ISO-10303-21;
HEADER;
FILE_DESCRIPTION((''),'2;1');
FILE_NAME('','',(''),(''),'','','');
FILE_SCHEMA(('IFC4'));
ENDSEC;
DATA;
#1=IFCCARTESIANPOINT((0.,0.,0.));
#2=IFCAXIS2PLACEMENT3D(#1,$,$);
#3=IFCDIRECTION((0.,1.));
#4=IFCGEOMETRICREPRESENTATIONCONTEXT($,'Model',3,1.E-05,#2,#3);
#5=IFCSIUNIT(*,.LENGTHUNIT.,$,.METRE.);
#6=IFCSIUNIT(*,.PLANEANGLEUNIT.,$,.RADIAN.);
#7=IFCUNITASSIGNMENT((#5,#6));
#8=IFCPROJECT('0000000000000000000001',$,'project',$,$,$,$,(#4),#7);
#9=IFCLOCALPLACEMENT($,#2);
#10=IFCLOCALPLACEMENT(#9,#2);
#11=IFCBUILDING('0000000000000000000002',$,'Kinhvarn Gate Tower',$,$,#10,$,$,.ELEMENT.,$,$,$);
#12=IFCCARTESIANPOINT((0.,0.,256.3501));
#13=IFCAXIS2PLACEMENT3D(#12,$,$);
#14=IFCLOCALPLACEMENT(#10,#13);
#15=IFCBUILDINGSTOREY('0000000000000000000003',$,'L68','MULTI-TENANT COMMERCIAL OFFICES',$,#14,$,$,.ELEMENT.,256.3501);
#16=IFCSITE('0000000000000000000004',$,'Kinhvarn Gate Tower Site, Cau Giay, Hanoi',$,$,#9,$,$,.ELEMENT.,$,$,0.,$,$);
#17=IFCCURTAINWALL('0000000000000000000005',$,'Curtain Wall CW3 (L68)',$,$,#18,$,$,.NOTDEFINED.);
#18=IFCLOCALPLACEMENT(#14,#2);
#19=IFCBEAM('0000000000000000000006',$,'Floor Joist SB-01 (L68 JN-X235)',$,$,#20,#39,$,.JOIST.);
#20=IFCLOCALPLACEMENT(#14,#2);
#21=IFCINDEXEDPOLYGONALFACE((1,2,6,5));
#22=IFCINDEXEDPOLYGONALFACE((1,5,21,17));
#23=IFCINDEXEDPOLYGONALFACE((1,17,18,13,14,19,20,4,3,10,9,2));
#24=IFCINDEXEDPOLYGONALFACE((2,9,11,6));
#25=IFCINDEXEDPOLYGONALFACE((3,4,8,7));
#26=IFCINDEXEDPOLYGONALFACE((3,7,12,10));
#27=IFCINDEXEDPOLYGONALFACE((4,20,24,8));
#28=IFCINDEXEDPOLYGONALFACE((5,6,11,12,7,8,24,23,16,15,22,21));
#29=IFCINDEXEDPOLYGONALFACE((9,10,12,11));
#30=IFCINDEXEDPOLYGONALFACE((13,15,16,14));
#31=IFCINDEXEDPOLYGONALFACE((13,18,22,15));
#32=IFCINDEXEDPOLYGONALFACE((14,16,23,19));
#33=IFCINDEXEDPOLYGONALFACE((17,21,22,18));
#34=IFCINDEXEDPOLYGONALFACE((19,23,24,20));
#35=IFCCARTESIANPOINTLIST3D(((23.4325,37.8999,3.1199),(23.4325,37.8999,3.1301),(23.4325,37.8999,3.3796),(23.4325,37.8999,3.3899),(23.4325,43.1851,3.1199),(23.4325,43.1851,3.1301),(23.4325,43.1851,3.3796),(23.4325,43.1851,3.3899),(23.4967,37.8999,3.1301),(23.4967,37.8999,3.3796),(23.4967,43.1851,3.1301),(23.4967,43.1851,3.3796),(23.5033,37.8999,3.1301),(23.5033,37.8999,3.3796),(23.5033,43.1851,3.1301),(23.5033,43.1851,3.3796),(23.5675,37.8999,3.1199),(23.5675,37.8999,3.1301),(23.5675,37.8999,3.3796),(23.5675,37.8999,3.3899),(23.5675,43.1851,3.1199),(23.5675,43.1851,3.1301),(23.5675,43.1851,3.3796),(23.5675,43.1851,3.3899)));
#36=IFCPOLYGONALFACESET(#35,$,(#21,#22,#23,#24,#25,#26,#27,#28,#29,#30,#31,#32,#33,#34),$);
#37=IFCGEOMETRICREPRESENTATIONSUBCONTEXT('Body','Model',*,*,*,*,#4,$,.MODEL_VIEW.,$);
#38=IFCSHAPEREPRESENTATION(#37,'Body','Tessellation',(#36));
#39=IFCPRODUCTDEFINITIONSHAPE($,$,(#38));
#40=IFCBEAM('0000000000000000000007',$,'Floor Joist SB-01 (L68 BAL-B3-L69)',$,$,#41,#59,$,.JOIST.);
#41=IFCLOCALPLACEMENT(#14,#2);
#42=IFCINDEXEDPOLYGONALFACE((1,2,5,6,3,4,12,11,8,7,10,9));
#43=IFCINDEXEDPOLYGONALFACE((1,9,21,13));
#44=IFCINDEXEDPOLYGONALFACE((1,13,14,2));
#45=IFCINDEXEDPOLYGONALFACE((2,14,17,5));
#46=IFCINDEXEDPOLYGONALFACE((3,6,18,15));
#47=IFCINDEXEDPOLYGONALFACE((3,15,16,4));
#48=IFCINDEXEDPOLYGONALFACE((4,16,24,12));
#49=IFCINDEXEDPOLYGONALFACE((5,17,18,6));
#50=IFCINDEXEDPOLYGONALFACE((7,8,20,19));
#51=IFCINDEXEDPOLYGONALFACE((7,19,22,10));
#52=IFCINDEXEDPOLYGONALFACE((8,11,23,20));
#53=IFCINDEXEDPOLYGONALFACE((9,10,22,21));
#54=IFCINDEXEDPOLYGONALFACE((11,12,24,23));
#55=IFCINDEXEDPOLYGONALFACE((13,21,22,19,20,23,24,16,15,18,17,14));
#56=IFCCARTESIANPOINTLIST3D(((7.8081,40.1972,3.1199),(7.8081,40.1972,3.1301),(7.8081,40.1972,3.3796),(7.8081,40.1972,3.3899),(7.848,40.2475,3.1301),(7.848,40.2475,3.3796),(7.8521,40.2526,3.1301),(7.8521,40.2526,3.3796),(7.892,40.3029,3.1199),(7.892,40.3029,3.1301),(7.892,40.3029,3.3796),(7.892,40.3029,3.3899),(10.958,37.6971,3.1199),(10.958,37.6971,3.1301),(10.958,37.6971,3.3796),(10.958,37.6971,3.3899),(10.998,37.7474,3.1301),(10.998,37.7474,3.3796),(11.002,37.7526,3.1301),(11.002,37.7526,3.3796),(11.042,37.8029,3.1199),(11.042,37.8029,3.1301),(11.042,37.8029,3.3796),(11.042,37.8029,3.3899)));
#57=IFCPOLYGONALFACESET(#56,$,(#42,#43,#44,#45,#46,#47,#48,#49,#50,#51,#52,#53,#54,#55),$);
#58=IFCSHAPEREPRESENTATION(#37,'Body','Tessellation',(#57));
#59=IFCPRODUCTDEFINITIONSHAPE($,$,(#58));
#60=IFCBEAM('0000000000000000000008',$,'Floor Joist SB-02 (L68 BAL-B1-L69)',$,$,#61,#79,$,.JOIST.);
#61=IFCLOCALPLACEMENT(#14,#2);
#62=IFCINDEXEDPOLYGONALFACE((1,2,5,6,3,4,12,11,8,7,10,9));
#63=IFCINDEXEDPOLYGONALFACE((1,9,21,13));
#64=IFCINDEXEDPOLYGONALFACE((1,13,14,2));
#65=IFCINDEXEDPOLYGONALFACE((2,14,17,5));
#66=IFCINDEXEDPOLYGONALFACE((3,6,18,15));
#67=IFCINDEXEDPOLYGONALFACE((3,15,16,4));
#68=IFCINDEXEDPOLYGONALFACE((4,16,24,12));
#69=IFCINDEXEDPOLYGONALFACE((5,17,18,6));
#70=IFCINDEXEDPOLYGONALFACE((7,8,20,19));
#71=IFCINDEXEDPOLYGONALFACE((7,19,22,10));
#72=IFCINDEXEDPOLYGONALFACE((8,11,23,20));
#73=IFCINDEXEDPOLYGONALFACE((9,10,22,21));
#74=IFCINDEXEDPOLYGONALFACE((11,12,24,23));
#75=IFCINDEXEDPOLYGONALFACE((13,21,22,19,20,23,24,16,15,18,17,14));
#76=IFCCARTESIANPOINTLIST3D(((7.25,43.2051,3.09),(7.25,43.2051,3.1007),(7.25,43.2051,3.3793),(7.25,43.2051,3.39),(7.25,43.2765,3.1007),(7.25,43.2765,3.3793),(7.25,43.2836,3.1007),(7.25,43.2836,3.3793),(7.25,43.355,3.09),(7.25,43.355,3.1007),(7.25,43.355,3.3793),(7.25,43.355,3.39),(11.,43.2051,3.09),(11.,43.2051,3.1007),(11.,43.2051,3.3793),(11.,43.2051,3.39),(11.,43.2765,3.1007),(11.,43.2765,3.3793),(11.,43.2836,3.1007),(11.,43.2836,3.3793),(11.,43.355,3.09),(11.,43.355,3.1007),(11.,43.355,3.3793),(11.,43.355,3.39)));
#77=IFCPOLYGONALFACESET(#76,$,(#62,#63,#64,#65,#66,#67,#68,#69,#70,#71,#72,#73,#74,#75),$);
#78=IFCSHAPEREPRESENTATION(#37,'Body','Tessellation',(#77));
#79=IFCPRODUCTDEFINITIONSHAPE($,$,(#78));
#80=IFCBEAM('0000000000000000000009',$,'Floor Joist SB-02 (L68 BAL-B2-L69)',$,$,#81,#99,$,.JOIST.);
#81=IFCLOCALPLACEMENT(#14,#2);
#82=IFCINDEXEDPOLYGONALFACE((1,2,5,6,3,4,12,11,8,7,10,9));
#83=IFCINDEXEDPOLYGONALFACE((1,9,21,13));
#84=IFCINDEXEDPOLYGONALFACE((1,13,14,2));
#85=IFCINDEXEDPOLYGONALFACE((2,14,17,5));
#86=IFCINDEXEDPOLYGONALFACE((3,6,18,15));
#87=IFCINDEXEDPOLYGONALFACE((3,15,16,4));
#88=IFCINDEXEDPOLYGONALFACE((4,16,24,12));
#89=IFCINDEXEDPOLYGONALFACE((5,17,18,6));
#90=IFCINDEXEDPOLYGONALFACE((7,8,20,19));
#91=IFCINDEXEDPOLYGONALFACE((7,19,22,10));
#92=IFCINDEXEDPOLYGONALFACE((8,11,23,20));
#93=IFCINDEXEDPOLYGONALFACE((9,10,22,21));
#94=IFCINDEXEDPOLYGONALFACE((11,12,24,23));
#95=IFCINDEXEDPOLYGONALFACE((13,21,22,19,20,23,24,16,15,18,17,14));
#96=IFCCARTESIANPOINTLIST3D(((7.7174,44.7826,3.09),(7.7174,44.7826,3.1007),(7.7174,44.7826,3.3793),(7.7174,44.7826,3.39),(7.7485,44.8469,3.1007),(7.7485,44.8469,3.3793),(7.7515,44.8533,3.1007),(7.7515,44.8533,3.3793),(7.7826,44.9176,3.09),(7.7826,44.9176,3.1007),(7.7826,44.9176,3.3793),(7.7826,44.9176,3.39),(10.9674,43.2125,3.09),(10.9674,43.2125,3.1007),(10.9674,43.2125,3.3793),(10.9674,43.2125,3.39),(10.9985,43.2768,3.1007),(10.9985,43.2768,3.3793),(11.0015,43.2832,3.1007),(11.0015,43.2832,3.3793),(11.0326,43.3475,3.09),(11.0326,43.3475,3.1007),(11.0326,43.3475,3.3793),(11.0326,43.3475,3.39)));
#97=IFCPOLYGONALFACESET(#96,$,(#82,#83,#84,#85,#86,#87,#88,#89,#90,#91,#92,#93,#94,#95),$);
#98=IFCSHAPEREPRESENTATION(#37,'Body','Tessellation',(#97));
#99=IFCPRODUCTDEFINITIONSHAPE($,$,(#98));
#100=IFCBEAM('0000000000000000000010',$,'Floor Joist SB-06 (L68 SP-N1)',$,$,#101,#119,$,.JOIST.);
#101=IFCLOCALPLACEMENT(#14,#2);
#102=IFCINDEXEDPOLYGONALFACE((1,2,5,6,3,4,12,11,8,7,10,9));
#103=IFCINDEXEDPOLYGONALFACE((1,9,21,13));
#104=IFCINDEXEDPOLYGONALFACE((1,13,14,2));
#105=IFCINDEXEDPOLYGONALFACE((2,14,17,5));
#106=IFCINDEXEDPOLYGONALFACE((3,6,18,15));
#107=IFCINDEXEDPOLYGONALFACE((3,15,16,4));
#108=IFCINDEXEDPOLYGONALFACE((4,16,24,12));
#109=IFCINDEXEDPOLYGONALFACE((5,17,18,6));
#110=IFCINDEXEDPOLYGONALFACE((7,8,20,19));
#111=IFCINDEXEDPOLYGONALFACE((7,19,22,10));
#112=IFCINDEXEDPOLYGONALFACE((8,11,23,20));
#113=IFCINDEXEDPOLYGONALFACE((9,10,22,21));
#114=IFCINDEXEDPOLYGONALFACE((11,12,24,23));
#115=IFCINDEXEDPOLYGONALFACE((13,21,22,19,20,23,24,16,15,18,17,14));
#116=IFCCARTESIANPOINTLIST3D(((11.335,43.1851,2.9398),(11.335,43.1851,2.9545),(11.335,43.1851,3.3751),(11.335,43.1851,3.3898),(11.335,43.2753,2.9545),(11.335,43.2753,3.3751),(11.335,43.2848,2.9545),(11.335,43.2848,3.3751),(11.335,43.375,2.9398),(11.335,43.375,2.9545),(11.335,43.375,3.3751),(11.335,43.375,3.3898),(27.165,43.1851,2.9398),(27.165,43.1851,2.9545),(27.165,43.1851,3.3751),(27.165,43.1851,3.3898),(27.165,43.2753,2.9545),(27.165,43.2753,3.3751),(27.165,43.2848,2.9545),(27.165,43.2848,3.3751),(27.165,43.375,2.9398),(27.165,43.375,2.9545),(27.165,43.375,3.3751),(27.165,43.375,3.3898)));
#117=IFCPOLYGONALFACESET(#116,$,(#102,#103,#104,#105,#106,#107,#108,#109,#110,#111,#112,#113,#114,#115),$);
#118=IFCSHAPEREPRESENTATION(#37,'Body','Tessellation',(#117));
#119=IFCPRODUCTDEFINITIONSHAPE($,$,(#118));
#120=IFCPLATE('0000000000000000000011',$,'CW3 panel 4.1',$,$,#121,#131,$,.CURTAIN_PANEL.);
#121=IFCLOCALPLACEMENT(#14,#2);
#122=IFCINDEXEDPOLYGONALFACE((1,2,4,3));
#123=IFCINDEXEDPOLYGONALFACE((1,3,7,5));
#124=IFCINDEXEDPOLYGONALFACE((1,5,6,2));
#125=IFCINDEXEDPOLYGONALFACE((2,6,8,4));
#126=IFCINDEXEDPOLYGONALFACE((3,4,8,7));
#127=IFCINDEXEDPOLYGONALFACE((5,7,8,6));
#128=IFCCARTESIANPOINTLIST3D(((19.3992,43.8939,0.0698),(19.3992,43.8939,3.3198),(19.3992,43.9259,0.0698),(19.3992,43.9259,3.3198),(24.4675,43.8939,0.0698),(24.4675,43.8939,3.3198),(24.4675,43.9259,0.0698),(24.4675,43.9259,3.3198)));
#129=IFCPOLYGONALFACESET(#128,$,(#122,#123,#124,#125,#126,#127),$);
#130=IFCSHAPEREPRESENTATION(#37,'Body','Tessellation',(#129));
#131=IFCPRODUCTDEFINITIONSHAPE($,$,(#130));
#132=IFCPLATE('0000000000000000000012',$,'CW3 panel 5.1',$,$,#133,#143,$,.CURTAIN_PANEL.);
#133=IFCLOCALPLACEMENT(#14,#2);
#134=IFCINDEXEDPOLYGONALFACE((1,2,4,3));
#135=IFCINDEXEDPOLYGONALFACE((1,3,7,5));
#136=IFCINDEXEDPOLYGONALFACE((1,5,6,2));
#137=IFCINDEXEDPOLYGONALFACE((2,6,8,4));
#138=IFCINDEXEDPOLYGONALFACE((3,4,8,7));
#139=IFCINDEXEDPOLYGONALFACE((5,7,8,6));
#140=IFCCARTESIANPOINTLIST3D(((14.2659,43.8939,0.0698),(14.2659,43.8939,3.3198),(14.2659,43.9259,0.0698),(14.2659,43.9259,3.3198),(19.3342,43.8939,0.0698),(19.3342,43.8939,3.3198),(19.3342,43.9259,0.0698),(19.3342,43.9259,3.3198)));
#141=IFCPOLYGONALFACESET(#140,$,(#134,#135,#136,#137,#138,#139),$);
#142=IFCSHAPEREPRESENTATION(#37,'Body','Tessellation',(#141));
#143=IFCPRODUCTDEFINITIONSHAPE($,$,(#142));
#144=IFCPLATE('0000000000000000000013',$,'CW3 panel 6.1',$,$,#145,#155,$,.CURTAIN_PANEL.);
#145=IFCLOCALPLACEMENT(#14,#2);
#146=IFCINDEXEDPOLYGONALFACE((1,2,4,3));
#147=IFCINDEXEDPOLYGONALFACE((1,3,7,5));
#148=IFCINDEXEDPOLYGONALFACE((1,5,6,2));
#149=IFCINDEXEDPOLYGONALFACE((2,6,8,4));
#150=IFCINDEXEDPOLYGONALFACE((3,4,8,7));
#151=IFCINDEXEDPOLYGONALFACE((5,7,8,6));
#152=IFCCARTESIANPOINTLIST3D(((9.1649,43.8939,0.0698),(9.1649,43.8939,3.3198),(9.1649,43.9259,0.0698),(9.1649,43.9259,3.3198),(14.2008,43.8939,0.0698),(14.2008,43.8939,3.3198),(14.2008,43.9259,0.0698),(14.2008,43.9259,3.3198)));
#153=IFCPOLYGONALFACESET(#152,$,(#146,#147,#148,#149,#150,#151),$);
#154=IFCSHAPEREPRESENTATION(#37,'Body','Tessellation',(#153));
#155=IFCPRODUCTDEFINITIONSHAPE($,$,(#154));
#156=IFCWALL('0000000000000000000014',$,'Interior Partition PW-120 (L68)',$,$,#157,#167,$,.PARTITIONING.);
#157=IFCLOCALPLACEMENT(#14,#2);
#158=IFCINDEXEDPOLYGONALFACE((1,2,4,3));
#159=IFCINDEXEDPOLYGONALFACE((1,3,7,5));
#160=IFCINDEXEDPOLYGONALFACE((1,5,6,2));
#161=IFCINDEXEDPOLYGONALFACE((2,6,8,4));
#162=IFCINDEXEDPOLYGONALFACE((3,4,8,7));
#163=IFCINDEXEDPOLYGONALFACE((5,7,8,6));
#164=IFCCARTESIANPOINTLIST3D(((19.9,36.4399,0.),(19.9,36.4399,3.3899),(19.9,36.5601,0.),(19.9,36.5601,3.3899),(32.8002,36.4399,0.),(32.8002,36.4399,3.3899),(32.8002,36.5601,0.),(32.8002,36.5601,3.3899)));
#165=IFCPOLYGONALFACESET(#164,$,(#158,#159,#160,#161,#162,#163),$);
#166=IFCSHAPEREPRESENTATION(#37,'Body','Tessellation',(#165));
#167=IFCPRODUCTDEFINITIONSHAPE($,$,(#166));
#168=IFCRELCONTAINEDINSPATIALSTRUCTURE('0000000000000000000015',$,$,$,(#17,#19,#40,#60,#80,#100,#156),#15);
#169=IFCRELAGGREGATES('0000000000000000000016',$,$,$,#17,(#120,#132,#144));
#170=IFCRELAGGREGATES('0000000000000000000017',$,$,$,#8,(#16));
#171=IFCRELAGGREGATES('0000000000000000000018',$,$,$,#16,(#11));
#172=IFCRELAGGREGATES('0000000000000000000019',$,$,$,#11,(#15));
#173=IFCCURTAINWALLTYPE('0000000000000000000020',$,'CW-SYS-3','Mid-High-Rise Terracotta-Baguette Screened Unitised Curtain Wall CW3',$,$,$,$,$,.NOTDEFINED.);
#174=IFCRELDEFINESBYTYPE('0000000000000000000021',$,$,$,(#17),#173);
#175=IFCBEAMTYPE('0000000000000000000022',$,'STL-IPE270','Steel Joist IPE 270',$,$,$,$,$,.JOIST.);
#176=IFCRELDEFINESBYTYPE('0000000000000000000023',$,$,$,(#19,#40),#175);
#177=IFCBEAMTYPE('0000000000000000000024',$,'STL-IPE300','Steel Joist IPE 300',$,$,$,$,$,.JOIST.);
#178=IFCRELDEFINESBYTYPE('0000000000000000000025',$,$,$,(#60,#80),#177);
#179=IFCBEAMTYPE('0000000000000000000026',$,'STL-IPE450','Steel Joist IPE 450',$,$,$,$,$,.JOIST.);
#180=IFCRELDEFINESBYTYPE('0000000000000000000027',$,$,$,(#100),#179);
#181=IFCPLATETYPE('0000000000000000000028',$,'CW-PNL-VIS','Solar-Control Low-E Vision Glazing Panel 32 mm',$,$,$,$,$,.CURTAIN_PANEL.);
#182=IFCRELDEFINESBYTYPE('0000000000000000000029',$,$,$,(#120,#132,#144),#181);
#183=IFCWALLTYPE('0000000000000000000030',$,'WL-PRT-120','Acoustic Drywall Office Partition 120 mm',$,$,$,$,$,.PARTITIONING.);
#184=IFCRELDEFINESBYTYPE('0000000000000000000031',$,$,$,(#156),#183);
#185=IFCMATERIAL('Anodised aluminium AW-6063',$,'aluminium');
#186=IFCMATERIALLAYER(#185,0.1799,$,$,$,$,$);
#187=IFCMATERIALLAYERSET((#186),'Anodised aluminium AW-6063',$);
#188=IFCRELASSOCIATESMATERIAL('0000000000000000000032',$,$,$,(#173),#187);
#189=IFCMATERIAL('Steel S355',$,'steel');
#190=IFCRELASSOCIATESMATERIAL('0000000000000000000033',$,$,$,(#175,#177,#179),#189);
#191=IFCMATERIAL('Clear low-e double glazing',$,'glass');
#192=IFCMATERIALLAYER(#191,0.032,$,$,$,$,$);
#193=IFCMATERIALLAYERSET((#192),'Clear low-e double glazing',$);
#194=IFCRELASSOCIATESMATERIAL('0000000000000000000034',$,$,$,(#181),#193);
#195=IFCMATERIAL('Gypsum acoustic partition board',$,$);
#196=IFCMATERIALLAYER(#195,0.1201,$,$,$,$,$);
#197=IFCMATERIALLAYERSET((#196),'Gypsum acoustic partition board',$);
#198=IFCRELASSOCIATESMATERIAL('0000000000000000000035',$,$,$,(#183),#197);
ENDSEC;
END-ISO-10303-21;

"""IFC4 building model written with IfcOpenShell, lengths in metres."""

from ifc_helpers import new_model, si_unit, direction, frame, frame_2d, origin, origin_2d, place, context, subcontext, project, spatial, rectangle, i_section, extrude, material, layer, layer_set, material_profile, profile_set, type_object, element, aggregate, save


model = new_model("IFC4")

# Units and contexts
model_context = context("Model", 3, precision=1e-05, world=origin(), true_north=direction((0.0, 1.0)))
body_context = subcontext(model_context, "Body", "Model", "MODEL_VIEW")
ifc_project = project(units=[si_unit("LENGTHUNIT", "METRE"), si_unit("PLANEANGLEUNIT", "RADIAN")], contexts=[model_context])

# Site, building, storey
site_placement = place(None, origin())
site = spatial("IfcSite", under=ifc_project, at=site_placement, Name="Kinhvarn Gate Tower Site, Cau Giay, Hanoi", CompositionType="ELEMENT", RefElevation=0.0)
building_placement = place(site_placement, origin())
building = spatial("IfcBuilding", under=site, at=building_placement, Name="Kinhvarn Gate Tower", CompositionType="ELEMENT")
storey_placement = place(building_placement, frame((0.0, 0.0, 256.3501)))
storey = spatial("IfcBuildingStorey", under=building, at=storey_placement, Name="L68", Description="MULTI-TENANT COMMERCIAL OFFICES", CompositionType="ELEMENT", Elevation=256.3501)

# Curtain wall
ifc_material_1 = material(Name="Anodised aluminium AW-6063", Category="aluminium")
ifc_layer_1 = layer(ifc_material_1, 0.1799)
ifc_layer_set_1 = layer_set([ifc_layer_1], Name="Anodised aluminium AW-6063")
curtain_wall_type = type_object("IfcCurtainWallType", Name="CW-SYS-3", Description="Mid-High-Rise Terracotta-Baguette Screened Unitised Curtain Wall CW3", PredefinedType="NOTDEFINED", material=ifc_layer_set_1)
curtain_wall_placement = place(storey_placement, origin())
curtain_wall = element("IfcCurtainWall", 1, at=curtain_wall_placement, inside=storey, type_object=curtain_wall_type, Name="Curtain Wall CW3 (L68)", PredefinedType="NOTDEFINED")

# Beams
ifc_material_2 = material(Name="Steel S355", Category="steel")
ifc_material_profile_1 = material_profile(ifc_material_2, i_section(OverallWidth=0.135, OverallDepth=0.27, WebThickness=0.0066, FlangeThickness=0.0103, at=origin_2d()), Name="IPE 270")
ifc_profile_set_1 = profile_set([ifc_material_profile_1], Name="Steel S355")
beam_type_1 = type_object("IfcBeamType", Name="STL-IPE270", Description="Steel Joist IPE 270", PredefinedType="JOIST", material=ifc_profile_set_1)
for number, where, z_axis, x_axis, name in (
    (2, (23.5, 37.8999, 3.2549), (0.0, 1.0, 0.0), (-1.0, 0.0, 0.0), "Floor Joist SB-01 (L68 JN-X235)"),
):
    element("IfcBeam", number, at=place(storey_placement, frame(where, z_axis=z_axis, x_axis=x_axis)), inside=storey, type_object=beam_type_1, Name=name, PredefinedType="JOIST", context=body_context, shape_type="SweptSolid", body=[
        extrude(i_section(OverallWidth=0.135, OverallDepth=0.27, WebThickness=0.0066, FlangeThickness=0.0103, at=origin_2d()), origin(), (0.0, 0.0, 1.0), 5.2852),
    ])
beam_1_placement = place(storey_placement, frame((11.0, 37.75, 3.2549), z_axis=(-0.78328, 0.62167, 0.0), x_axis=(-0.62167, -0.78328, 0.0)))
element("IfcBeam", 3, at=beam_1_placement, inside=storey, type_object=beam_type_1, Name="Floor Joist SB-01 (L68 BAL-B3-L69)", PredefinedType="JOIST", context=body_context, shape_type="SweptSolid", body=[
    extrude(i_section(OverallWidth=0.135, OverallDepth=0.27, WebThickness=0.0066, FlangeThickness=0.0103, at=origin_2d()), origin(), (0.0, 0.0, 1.0), 4.0215),
])
ifc_material_profile_2 = material_profile(ifc_material_2, i_section(OverallWidth=0.1499, OverallDepth=0.3, WebThickness=0.0071, FlangeThickness=0.0107, at=origin_2d()), Name="IPE 300")
ifc_profile_set_2 = profile_set([ifc_material_profile_2], Name="Steel S355")
beam_type_2 = type_object("IfcBeamType", Name="STL-IPE300", Description="Steel Joist IPE 300", PredefinedType="JOIST", material=ifc_profile_set_2)
beam_2_placement = place(storey_placement, frame((11.0, 43.28, 3.24), z_axis=(-1.0, 0.0, 0.0), x_axis=(0.0, -1.0, 0.0)))
element("IfcBeam", 4, at=beam_2_placement, inside=storey, type_object=beam_type_2, Name="Floor Joist SB-02 (L68 BAL-B1-L69)", PredefinedType="JOIST", context=body_context, shape_type="SweptSolid", body=[
    extrude(i_section(OverallWidth=0.1499, OverallDepth=0.3, WebThickness=0.0071, FlangeThickness=0.0107, at=origin_2d()), origin(), (0.0, 0.0, 1.0), 3.75),
])
beam_3_placement = place(storey_placement, frame((11.0, 43.28, 3.24), z_axis=(-0.900432, 0.434997, 0.0), x_axis=(-0.434997, -0.900432, 0.0)))
element("IfcBeam", 5, at=beam_3_placement, inside=storey, type_object=beam_type_2, Name="Floor Joist SB-02 (L68 BAL-B2-L69)", PredefinedType="JOIST", context=body_context, shape_type="SweptSolid", body=[
    extrude(i_section(OverallWidth=0.1499, OverallDepth=0.3, WebThickness=0.0071, FlangeThickness=0.0107, at=origin_2d()), origin(), (0.0, 0.0, 1.0), 3.6094),
])
ifc_material_profile_3 = material_profile(ifc_material_2, i_section(OverallWidth=0.1899, OverallDepth=0.45, WebThickness=0.0095, FlangeThickness=0.0146, at=origin_2d()), Name="IPE 450")
ifc_profile_set_3 = profile_set([ifc_material_profile_3], Name="Steel S355")
beam_type_3 = type_object("IfcBeamType", Name="STL-IPE450", Description="Steel Joist IPE 450", PredefinedType="JOIST", material=ifc_profile_set_3)
beam_4_placement = place(storey_placement, frame((11.335, 43.28, 3.1648), z_axis=(1.0, 0.0, 0.0), x_axis=(0.0, 1.0, 0.0)))
element("IfcBeam", 6, at=beam_4_placement, inside=storey, type_object=beam_type_3, Name="Floor Joist SB-06 (L68 SP-N1)", PredefinedType="JOIST", context=body_context, shape_type="SweptSolid", body=[
    extrude(i_section(OverallWidth=0.1899, OverallDepth=0.45, WebThickness=0.0095, FlangeThickness=0.0146, at=origin_2d()), origin(), (0.0, 0.0, 1.0), 15.8301),
])

# Plates
ifc_material_3 = material(Name="Clear low-e double glazing", Category="glass")
ifc_layer_2 = layer(ifc_material_3, 0.032)
ifc_layer_set_2 = layer_set([ifc_layer_2], Name="Clear low-e double glazing")
plate_type = type_object("IfcPlateType", Name="CW-PNL-VIS", Description="Solar-Control Low-E Vision Glazing Panel 32 mm", PredefinedType="CURTAIN_PANEL", material=ifc_layer_set_2)
plate_1_placement = place(storey_placement, frame((21.9333, 43.9099, 0.0698), z_axis=(0.0, 0.0, 1.0), x_axis=(-1.0, 0.0, 0.0)))
plate_1 = element("IfcPlate", 7, at=plate_1_placement, type_object=plate_type, Name="CW3 panel 4.1", PredefinedType="CURTAIN_PANEL", context=body_context, shape_type="SweptSolid", body=[
    extrude(rectangle(XDim=5.0684, YDim=0.032, at=origin_2d()), origin(), (0.0, 0.0, 1.0), 3.25),
])
plate_2_placement = place(storey_placement, frame((16.8, 43.9099, 0.0698), z_axis=(0.0, 0.0, 1.0), x_axis=(-1.0, 0.0, 0.0)))
plate_2 = element("IfcPlate", 8, at=plate_2_placement, type_object=plate_type, Name="CW3 panel 5.1", PredefinedType="CURTAIN_PANEL", context=body_context, shape_type="SweptSolid", body=[
    extrude(rectangle(XDim=5.0684, YDim=0.032, at=origin_2d()), origin(), (0.0, 0.0, 1.0), 3.25),
])
plate_3_placement = place(storey_placement, frame((11.6829, 43.9099, 0.0698), z_axis=(0.0, 0.0, 1.0), x_axis=(-1.0, 0.0, 0.0)))
plate_3 = element("IfcPlate", 9, at=plate_3_placement, type_object=plate_type, Name="CW3 panel 6.1", PredefinedType="CURTAIN_PANEL", context=body_context, shape_type="SweptSolid", body=[
    extrude(rectangle(XDim=5.0359, YDim=0.032, at=origin_2d()), origin(), (0.0, 0.0, 1.0), 3.25),
])
aggregate(curtain_wall, [plate_1, plate_2, plate_3])

# Wall
ifc_material_4 = material(Name="Gypsum acoustic partition board")
ifc_layer_3 = layer(ifc_material_4, 0.1201)
ifc_layer_set_3 = layer_set([ifc_layer_3], Name="Gypsum acoustic partition board")
wall_type_1 = type_object("IfcWallType", Name="WL-PRT-120", Description="Acoustic Drywall Office Partition 120 mm", PredefinedType="PARTITIONING", material=ifc_layer_set_3)
wall_1_placement = place(storey_placement, frame((19.8999, 36.5, 0.0), z_axis=(0.0, 0.0, 1.0), x_axis=(1.0, 0.0, 0.0)))
element("IfcWall", 10, at=wall_1_placement, inside=storey, type_object=wall_type_1, Name="Interior Partition PW-120 (L68)", PredefinedType="PARTITIONING", context=body_context, shape_type="SweptSolid", body=[
    extrude(rectangle(XDim=12.9001, YDim=0.1201, at=frame_2d((6.4502, 0.0))), origin(), (0.0, 0.0, 1.0), 3.3899),
])

save(model, "model.ifc")
